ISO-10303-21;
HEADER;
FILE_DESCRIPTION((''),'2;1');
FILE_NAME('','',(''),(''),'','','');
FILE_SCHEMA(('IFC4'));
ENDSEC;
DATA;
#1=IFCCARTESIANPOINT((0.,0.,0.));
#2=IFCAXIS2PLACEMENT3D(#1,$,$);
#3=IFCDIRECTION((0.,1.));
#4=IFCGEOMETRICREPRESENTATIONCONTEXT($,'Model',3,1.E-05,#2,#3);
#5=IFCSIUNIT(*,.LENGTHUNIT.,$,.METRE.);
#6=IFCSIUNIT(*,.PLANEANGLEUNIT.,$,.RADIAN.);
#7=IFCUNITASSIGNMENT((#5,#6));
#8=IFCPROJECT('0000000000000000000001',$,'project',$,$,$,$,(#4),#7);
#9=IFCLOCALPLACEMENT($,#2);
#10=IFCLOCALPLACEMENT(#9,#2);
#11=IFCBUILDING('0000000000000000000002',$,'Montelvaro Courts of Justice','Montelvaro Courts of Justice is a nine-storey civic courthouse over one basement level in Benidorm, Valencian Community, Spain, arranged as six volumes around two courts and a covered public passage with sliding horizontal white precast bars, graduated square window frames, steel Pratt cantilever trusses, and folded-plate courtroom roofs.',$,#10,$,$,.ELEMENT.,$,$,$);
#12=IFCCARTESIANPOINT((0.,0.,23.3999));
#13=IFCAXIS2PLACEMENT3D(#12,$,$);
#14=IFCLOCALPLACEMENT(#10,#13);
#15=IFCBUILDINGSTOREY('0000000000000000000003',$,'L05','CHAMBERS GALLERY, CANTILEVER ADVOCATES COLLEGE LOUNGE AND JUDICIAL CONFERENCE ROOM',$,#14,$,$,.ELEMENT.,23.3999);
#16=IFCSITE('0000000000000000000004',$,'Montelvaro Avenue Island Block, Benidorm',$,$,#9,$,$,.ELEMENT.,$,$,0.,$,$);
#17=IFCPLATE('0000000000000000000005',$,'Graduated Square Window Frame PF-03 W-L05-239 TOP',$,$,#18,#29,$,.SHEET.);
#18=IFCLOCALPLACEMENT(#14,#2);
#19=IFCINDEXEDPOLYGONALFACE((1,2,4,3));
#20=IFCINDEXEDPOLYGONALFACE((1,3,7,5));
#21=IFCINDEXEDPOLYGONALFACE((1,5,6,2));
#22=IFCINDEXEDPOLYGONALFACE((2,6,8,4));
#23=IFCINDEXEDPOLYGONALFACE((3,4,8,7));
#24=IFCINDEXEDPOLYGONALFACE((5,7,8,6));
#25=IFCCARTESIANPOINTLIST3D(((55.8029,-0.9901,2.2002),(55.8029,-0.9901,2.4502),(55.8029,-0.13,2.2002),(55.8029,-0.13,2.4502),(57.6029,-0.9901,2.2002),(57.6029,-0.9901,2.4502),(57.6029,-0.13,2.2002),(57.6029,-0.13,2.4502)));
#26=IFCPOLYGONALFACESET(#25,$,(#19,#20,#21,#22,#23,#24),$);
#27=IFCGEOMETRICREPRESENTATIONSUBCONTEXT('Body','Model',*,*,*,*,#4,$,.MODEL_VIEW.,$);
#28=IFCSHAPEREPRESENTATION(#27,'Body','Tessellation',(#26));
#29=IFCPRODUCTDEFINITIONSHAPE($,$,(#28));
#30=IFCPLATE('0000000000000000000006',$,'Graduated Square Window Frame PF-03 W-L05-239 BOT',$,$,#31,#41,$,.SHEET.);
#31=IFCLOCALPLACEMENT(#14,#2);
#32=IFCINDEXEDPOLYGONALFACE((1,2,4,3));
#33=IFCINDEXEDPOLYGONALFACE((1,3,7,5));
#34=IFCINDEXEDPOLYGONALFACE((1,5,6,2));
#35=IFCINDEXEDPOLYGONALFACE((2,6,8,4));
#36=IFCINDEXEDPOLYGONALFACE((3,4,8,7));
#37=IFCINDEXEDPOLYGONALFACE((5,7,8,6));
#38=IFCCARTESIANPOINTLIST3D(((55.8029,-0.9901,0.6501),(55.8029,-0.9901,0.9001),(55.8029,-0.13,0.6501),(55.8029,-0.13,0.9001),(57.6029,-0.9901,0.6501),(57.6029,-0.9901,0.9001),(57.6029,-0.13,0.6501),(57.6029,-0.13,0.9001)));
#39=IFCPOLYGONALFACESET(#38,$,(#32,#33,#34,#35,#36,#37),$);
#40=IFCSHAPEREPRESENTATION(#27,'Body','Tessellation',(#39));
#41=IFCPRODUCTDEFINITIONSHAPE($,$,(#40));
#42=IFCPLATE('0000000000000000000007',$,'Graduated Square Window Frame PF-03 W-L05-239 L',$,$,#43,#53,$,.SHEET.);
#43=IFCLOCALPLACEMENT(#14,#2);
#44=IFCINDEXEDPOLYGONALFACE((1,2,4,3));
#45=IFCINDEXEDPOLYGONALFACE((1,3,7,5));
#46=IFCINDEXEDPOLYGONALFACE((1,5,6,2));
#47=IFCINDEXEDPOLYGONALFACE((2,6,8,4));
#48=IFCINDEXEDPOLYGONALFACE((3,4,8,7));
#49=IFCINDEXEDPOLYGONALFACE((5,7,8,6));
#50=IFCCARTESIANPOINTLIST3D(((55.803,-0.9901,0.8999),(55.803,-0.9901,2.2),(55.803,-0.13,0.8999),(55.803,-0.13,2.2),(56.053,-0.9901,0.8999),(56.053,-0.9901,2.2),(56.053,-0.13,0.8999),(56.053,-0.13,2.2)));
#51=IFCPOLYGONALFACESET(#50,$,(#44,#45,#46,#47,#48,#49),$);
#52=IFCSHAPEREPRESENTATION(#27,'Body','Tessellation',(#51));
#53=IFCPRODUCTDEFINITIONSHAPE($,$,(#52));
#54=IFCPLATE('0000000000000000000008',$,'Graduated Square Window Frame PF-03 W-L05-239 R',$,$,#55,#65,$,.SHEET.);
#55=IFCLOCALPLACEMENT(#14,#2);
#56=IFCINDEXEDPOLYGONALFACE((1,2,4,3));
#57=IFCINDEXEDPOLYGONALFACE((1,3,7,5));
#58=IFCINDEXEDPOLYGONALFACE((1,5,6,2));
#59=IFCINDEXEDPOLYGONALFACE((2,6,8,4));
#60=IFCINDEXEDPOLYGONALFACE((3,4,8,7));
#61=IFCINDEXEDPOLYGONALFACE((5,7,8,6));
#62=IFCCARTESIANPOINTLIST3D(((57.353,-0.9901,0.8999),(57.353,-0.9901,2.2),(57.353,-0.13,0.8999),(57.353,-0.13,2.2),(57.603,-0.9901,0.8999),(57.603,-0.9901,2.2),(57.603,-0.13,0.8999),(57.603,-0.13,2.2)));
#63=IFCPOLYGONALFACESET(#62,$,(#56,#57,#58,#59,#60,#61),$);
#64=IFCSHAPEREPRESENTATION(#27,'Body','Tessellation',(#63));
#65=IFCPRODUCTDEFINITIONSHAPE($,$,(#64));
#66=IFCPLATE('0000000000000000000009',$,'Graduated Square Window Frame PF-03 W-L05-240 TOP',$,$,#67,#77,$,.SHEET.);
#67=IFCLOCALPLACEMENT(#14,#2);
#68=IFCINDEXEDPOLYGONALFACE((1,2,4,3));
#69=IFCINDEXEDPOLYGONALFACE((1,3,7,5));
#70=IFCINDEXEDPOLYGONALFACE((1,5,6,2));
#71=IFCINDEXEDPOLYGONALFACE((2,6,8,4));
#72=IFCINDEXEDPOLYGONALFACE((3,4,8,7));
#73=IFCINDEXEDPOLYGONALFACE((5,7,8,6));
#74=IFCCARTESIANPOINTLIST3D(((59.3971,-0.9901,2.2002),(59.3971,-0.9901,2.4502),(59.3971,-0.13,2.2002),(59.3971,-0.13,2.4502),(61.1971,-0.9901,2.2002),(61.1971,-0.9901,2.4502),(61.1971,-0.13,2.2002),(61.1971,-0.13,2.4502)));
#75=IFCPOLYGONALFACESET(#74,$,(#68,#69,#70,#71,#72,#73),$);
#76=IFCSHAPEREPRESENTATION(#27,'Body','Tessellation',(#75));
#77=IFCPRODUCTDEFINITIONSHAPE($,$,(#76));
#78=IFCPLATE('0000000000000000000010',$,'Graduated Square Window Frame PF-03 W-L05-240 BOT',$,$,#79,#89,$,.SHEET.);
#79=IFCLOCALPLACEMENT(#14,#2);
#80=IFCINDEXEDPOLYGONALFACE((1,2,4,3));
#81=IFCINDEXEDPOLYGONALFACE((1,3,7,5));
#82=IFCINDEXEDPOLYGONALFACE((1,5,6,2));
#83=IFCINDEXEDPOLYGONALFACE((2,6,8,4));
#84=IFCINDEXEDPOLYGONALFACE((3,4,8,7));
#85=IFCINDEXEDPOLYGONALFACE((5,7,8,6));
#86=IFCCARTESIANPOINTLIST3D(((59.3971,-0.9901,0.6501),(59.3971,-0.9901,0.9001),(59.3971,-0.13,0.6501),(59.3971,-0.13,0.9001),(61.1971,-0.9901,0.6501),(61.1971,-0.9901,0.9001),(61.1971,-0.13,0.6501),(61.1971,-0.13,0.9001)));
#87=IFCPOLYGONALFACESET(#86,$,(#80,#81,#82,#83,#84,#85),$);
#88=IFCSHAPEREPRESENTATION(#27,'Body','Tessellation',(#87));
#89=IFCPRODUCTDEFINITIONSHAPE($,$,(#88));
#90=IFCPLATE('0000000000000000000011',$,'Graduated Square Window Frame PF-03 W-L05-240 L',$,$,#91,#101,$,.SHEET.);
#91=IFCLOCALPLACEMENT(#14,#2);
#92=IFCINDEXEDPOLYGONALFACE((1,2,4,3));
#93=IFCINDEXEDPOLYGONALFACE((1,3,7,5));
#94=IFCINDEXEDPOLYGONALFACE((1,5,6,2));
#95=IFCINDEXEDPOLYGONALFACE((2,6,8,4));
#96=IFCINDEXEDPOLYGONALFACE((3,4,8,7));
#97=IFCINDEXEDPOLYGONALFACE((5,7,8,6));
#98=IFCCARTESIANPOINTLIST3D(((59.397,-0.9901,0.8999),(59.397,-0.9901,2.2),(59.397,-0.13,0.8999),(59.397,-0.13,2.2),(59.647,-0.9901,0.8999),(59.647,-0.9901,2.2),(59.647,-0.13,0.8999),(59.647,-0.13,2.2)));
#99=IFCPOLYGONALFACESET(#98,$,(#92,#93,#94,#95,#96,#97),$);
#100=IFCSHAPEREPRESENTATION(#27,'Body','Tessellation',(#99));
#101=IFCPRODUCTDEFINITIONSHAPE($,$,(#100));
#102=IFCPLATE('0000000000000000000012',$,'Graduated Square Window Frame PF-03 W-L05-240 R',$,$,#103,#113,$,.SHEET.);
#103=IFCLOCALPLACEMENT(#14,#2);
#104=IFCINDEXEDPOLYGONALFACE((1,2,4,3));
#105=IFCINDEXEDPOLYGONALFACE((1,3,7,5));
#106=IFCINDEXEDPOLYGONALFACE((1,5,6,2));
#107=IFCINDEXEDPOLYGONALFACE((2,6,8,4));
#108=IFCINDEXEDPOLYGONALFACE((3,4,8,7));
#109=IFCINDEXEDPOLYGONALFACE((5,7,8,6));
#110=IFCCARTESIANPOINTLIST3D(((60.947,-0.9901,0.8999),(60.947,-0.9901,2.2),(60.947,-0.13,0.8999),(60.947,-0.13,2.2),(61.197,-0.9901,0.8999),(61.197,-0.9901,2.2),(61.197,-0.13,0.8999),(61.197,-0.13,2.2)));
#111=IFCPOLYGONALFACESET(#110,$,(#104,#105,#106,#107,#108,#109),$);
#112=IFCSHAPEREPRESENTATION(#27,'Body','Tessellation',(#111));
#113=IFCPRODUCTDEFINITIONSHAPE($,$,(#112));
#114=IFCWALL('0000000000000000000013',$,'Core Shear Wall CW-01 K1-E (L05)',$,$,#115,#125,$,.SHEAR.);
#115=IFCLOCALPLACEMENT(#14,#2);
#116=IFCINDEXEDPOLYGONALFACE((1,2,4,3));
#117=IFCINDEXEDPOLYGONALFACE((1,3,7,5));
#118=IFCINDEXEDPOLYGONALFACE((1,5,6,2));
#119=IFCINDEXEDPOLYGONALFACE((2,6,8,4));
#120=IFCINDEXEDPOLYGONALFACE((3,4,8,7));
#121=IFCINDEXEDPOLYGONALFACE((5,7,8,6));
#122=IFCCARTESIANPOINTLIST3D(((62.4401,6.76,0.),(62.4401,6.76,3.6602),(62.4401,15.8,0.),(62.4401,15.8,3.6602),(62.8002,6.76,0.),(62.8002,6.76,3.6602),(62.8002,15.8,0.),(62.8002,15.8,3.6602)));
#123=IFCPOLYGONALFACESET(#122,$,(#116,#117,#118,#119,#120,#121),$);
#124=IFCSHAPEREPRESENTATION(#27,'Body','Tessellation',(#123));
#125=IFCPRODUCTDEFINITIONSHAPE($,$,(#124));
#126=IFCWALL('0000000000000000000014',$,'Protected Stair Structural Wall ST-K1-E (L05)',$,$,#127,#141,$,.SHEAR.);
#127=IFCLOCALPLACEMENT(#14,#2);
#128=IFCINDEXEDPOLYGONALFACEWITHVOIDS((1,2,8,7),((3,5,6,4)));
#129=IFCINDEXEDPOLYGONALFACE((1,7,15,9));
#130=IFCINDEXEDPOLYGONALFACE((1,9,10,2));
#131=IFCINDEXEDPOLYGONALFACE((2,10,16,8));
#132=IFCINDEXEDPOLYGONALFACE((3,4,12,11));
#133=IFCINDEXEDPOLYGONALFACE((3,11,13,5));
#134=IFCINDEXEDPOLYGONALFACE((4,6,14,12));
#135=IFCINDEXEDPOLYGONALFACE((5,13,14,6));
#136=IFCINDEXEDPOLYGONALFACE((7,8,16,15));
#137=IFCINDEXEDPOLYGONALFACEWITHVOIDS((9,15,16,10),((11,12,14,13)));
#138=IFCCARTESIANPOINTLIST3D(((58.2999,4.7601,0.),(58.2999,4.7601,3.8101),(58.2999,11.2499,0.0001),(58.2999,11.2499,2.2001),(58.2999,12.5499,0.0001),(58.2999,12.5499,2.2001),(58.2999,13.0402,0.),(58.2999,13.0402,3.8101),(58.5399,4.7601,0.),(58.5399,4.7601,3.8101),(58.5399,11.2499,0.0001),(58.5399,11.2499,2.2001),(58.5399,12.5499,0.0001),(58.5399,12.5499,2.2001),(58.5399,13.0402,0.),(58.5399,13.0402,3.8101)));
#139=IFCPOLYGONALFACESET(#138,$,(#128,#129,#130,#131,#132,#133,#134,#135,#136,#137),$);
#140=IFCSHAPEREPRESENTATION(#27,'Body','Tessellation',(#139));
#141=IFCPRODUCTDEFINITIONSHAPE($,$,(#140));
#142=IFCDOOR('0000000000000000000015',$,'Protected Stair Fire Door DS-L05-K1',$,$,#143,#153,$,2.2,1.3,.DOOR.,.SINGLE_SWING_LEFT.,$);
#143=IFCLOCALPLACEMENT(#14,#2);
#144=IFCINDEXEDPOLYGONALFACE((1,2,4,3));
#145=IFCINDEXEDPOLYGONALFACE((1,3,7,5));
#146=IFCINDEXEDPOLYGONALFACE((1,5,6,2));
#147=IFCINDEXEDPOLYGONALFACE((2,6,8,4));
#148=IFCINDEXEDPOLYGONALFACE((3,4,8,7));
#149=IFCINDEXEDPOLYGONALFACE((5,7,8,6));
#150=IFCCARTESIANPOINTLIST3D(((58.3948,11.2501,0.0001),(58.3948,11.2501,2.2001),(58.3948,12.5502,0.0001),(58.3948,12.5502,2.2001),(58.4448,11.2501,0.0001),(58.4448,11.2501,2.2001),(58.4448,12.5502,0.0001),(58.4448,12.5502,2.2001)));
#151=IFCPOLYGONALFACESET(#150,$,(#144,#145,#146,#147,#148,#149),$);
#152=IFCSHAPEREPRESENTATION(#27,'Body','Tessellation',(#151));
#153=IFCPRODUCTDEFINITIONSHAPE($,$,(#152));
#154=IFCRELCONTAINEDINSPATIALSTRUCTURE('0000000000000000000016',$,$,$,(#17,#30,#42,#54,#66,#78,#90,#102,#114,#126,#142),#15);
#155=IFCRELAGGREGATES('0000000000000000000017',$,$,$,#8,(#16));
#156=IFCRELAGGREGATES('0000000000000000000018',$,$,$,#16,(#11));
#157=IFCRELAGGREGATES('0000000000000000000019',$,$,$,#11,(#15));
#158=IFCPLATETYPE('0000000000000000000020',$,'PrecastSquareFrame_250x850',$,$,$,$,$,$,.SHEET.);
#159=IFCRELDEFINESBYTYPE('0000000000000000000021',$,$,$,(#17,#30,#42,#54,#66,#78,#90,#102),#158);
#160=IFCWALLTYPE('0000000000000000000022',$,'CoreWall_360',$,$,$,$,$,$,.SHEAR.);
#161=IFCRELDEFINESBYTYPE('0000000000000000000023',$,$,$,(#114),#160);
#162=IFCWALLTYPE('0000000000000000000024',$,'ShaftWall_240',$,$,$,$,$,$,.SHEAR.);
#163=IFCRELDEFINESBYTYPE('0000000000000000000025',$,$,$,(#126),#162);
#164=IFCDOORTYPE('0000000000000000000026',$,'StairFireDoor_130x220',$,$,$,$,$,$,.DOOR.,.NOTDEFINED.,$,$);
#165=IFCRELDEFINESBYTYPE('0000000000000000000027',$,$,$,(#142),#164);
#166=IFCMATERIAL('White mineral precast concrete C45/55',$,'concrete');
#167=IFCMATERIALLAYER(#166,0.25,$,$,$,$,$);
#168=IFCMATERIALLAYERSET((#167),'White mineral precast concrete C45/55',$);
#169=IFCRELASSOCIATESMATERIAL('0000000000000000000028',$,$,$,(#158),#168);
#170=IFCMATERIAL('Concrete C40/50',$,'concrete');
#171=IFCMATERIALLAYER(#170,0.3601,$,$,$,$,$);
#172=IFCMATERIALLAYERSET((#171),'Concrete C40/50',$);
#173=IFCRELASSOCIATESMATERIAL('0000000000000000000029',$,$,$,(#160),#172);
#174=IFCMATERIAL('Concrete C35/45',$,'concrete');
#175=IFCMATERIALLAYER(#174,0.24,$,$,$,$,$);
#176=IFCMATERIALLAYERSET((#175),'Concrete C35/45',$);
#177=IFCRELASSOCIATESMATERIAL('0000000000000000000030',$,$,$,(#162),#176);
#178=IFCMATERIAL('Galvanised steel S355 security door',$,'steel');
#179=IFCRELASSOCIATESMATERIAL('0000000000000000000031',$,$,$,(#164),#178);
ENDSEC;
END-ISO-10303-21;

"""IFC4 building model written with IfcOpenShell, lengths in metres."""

from ifc_helpers import new_model, si_unit, direction, frame, frame_2d, origin, origin_2d, place, context, subcontext, project, spatial, rectangle, extrude, material, layer, layer_set, type_object, element, fill, save


model = new_model("IFC4")

# Units and contexts
model_context = context("Model", 3, precision=1e-05, world=origin(), true_north=direction((0.0, 1.0)))
body_context = subcontext(model_context, "Body", "Model", "MODEL_VIEW")
ifc_project = project(units=[si_unit("LENGTHUNIT", "METRE"), si_unit("PLANEANGLEUNIT", "RADIAN")], contexts=[model_context])

# Site, building, storey
site_placement = place(None, origin())
site = spatial("IfcSite", under=ifc_project, at=site_placement, Name="Montelvaro Avenue Island Block, Benidorm", CompositionType="ELEMENT", RefElevation=0.0)
building_placement = place(site_placement, origin())
building = spatial("IfcBuilding", under=site, at=building_placement, Name="Montelvaro Courts of Justice", Description="Montelvaro Courts of Justice is a nine-storey civic courthouse over one basement level in Benidorm, Valencian Community, Spain, arranged as six volumes around two courts and a covered public passage with sliding horizontal white precast bars, graduated square window frames, steel Pratt cantilever trusses, and folded-plate courtroom roofs.", CompositionType="ELEMENT")
storey_placement = place(building_placement, frame((0.0, 0.0, 23.3999)))
storey = spatial("IfcBuildingStorey", under=building, at=storey_placement, Name="L05", Description="CHAMBERS GALLERY, CANTILEVER ADVOCATES COLLEGE LOUNGE AND JUDICIAL CONFERENCE ROOM", CompositionType="ELEMENT", Elevation=23.3999)

# Plates
ifc_material_1 = material(Name="White mineral precast concrete C45/55", Category="concrete")
ifc_layer_1 = layer(ifc_material_1, 0.25)
ifc_layer_set_1 = layer_set([ifc_layer_1], Name="White mineral precast concrete C45/55")
plate_type = type_object("IfcPlateType", Name="PrecastSquareFrame_250x850", PredefinedType="SHEET", material=ifc_layer_set_1)
for number, where, z_axis, x_axis, name in (
    (1, (56.7029, -0.5601, 2.2002), (0.0, 0.0, 1.0), (1.0, 0.0, 0.0), "Graduated Square Window Frame PF-03 W-L05-239 TOP"),
    (2, (56.7029, -0.5601, 0.6501), (0.0, 0.0, 1.0), (1.0, 0.0, 0.0), "Graduated Square Window Frame PF-03 W-L05-239 BOT"),
):
    element("IfcPlate", number, at=place(storey_placement, frame(where, z_axis=z_axis, x_axis=x_axis)), inside=storey, type_object=plate_type, Name=name, PredefinedType="SHEET", context=body_context, shape_type="SweptSolid", body=[
        extrude(rectangle(XDim=1.8, YDim=0.8601, at=origin_2d()), origin(), (0.0, 0.0, 1.0), 0.25),
    ])
for number, where, z_axis, x_axis, name in (
    (3, (55.928, -0.5601, 0.8999), (0.0, 0.0, 1.0), (1.0, 0.0, 0.0), "Graduated Square Window Frame PF-03 W-L05-239 L"),
    (4, (57.478, -0.5601, 0.8999), (0.0, 0.0, 1.0), (1.0, 0.0, 0.0), "Graduated Square Window Frame PF-03 W-L05-239 R"),
):
    element("IfcPlate", number, at=place(storey_placement, frame(where, z_axis=z_axis, x_axis=x_axis)), inside=storey, type_object=plate_type, Name=name, PredefinedType="SHEET", context=body_context, shape_type="SweptSolid", body=[
        extrude(rectangle(XDim=0.25, YDim=0.8601, at=origin_2d()), origin(), (0.0, 0.0, 1.0), 1.3),
    ])
for number, where, z_axis, x_axis, name in (
    (5, (60.2971, -0.5601, 2.2002), (0.0, 0.0, 1.0), (1.0, 0.0, 0.0), "Graduated Square Window Frame PF-03 W-L05-240 TOP"),
    (6, (60.2971, -0.5601, 0.6501), (0.0, 0.0, 1.0), (1.0, 0.0, 0.0), "Graduated Square Window Frame PF-03 W-L05-240 BOT"),
):
    element("IfcPlate", number, at=place(storey_placement, frame(where, z_axis=z_axis, x_axis=x_axis)), inside=storey, type_object=plate_type, Name=name, PredefinedType="SHEET", context=body_context, shape_type="SweptSolid", body=[
        extrude(rectangle(XDim=1.8, YDim=0.8601, at=origin_2d()), origin(), (0.0, 0.0, 1.0), 0.25),
    ])
for number, where, z_axis, x_axis, name in (
    (7, (59.522, -0.5601, 0.8999), (0.0, 0.0, 1.0), (1.0, 0.0, 0.0), "Graduated Square Window Frame PF-03 W-L05-240 L"),
    (8, (61.072, -0.5601, 0.8999), (0.0, 0.0, 1.0), (1.0, 0.0, 0.0), "Graduated Square Window Frame PF-03 W-L05-240 R"),
):
    element("IfcPlate", number, at=place(storey_placement, frame(where, z_axis=z_axis, x_axis=x_axis)), inside=storey, type_object=plate_type, Name=name, PredefinedType="SHEET", context=body_context, shape_type="SweptSolid", body=[
        extrude(rectangle(XDim=0.25, YDim=0.8601, at=origin_2d()), origin(), (0.0, 0.0, 1.0), 1.3),
    ])

# Wall
ifc_material_2 = material(Name="Concrete C40/50", Category="concrete")
ifc_layer_2 = layer(ifc_material_2, 0.3601)
ifc_layer_set_2 = layer_set([ifc_layer_2], Name="Concrete C40/50")
wall_type_1 = type_object("IfcWallType", Name="CoreWall_360", PredefinedType="SHEAR", material=ifc_layer_set_2)
wall_1_placement = place(storey_placement, frame((62.6201, 6.76, 0.0), z_axis=(0.0, 0.0, 1.0), x_axis=(0.0, 1.0, 0.0)))
element("IfcWall", 9, at=wall_1_placement, inside=storey, type_object=wall_type_1, Name="Core Shear Wall CW-01 K1-E (L05)", PredefinedType="SHEAR", context=body_context, shape_type="SweptSolid", body=[
    extrude(rectangle(XDim=9.04, YDim=0.3601, at=frame_2d((4.52, 0.0))), origin(), (0.0, 0.0, 1.0), 3.6602),
])

# Wall, opening, door
ifc_material_3 = material(Name="Concrete C35/45", Category="concrete")
ifc_layer_3 = layer(ifc_material_3, 0.24)
ifc_layer_set_3 = layer_set([ifc_layer_3], Name="Concrete C35/45")
wall_type_2 = type_object("IfcWallType", Name="ShaftWall_240", PredefinedType="SHEAR", material=ifc_layer_set_3)
wall_2_placement = place(storey_placement, frame((58.4199, 4.76, 0.0), z_axis=(0.0, 0.0, 1.0), x_axis=(0.0, 1.0, 0.0)))
wall_2 = element("IfcWall", 10, at=wall_2_placement, inside=storey, type_object=wall_type_2, Name="Protected Stair Structural Wall ST-K1-E (L05)", PredefinedType="SHEAR", context=body_context, shape_type="SweptSolid", body=[
    extrude(rectangle(XDim=8.28, YDim=0.24, at=frame_2d((4.1401, 0.0))), origin(), (0.0, 0.0, 1.0), 3.8101),
])
opening_1_placement = place(wall_2_placement, frame((6.49, 0.0, 0.0)))
opening_1 = element("IfcOpeningElement", 11, at=opening_1_placement, cuts=wall_2, PredefinedType="OPENING", context=body_context, shape_type="SweptSolid", body=[
    extrude(rectangle(XDim=1.3, YDim=2.2, at=frame_2d((0.6499, 1.1001))), frame((0.0, 0.1348, 0.0), z_axis=(0.0, -1.0, 0.0), x_axis=(1.0, 0.0, 0.0)), (0.0, 0.0, 1.0), 0.2698),
])
ifc_material_4 = material(Name="Galvanised steel S355 security door", Category="steel")
door_type_1 = type_object("IfcDoorType", Name="StairFireDoor_130x220", OperationType="NOTDEFINED", PredefinedType="DOOR", material=ifc_material_4)
door_1_placement = place(opening_1_placement, frame((1.3, 0.0, 0.0), z_axis=(0.0, 0.0, 1.0), x_axis=(-1.0, 0.0, 0.0)))
door_1 = element("IfcDoor", 12, at=door_1_placement, inside=storey, type_object=door_type_1, Name="Protected Stair Fire Door DS-L05-K1", OperationType="SINGLE_SWING_LEFT", OverallHeight=2.2, OverallWidth=1.3, PredefinedType="DOOR", context=body_context, shape_type="SweptSolid", body=[
    extrude(rectangle(XDim=1.3, YDim=2.2, at=frame_2d((0.6499, 1.1001))), frame((0.0, 0.0249, 0.0), z_axis=(0.0, -1.0, 0.0), x_axis=(1.0, 0.0, 0.0)), (0.0, 0.0, 1.0), 0.05),
])
fill(opening_1, door_1)

save(model, "model.ifc")
